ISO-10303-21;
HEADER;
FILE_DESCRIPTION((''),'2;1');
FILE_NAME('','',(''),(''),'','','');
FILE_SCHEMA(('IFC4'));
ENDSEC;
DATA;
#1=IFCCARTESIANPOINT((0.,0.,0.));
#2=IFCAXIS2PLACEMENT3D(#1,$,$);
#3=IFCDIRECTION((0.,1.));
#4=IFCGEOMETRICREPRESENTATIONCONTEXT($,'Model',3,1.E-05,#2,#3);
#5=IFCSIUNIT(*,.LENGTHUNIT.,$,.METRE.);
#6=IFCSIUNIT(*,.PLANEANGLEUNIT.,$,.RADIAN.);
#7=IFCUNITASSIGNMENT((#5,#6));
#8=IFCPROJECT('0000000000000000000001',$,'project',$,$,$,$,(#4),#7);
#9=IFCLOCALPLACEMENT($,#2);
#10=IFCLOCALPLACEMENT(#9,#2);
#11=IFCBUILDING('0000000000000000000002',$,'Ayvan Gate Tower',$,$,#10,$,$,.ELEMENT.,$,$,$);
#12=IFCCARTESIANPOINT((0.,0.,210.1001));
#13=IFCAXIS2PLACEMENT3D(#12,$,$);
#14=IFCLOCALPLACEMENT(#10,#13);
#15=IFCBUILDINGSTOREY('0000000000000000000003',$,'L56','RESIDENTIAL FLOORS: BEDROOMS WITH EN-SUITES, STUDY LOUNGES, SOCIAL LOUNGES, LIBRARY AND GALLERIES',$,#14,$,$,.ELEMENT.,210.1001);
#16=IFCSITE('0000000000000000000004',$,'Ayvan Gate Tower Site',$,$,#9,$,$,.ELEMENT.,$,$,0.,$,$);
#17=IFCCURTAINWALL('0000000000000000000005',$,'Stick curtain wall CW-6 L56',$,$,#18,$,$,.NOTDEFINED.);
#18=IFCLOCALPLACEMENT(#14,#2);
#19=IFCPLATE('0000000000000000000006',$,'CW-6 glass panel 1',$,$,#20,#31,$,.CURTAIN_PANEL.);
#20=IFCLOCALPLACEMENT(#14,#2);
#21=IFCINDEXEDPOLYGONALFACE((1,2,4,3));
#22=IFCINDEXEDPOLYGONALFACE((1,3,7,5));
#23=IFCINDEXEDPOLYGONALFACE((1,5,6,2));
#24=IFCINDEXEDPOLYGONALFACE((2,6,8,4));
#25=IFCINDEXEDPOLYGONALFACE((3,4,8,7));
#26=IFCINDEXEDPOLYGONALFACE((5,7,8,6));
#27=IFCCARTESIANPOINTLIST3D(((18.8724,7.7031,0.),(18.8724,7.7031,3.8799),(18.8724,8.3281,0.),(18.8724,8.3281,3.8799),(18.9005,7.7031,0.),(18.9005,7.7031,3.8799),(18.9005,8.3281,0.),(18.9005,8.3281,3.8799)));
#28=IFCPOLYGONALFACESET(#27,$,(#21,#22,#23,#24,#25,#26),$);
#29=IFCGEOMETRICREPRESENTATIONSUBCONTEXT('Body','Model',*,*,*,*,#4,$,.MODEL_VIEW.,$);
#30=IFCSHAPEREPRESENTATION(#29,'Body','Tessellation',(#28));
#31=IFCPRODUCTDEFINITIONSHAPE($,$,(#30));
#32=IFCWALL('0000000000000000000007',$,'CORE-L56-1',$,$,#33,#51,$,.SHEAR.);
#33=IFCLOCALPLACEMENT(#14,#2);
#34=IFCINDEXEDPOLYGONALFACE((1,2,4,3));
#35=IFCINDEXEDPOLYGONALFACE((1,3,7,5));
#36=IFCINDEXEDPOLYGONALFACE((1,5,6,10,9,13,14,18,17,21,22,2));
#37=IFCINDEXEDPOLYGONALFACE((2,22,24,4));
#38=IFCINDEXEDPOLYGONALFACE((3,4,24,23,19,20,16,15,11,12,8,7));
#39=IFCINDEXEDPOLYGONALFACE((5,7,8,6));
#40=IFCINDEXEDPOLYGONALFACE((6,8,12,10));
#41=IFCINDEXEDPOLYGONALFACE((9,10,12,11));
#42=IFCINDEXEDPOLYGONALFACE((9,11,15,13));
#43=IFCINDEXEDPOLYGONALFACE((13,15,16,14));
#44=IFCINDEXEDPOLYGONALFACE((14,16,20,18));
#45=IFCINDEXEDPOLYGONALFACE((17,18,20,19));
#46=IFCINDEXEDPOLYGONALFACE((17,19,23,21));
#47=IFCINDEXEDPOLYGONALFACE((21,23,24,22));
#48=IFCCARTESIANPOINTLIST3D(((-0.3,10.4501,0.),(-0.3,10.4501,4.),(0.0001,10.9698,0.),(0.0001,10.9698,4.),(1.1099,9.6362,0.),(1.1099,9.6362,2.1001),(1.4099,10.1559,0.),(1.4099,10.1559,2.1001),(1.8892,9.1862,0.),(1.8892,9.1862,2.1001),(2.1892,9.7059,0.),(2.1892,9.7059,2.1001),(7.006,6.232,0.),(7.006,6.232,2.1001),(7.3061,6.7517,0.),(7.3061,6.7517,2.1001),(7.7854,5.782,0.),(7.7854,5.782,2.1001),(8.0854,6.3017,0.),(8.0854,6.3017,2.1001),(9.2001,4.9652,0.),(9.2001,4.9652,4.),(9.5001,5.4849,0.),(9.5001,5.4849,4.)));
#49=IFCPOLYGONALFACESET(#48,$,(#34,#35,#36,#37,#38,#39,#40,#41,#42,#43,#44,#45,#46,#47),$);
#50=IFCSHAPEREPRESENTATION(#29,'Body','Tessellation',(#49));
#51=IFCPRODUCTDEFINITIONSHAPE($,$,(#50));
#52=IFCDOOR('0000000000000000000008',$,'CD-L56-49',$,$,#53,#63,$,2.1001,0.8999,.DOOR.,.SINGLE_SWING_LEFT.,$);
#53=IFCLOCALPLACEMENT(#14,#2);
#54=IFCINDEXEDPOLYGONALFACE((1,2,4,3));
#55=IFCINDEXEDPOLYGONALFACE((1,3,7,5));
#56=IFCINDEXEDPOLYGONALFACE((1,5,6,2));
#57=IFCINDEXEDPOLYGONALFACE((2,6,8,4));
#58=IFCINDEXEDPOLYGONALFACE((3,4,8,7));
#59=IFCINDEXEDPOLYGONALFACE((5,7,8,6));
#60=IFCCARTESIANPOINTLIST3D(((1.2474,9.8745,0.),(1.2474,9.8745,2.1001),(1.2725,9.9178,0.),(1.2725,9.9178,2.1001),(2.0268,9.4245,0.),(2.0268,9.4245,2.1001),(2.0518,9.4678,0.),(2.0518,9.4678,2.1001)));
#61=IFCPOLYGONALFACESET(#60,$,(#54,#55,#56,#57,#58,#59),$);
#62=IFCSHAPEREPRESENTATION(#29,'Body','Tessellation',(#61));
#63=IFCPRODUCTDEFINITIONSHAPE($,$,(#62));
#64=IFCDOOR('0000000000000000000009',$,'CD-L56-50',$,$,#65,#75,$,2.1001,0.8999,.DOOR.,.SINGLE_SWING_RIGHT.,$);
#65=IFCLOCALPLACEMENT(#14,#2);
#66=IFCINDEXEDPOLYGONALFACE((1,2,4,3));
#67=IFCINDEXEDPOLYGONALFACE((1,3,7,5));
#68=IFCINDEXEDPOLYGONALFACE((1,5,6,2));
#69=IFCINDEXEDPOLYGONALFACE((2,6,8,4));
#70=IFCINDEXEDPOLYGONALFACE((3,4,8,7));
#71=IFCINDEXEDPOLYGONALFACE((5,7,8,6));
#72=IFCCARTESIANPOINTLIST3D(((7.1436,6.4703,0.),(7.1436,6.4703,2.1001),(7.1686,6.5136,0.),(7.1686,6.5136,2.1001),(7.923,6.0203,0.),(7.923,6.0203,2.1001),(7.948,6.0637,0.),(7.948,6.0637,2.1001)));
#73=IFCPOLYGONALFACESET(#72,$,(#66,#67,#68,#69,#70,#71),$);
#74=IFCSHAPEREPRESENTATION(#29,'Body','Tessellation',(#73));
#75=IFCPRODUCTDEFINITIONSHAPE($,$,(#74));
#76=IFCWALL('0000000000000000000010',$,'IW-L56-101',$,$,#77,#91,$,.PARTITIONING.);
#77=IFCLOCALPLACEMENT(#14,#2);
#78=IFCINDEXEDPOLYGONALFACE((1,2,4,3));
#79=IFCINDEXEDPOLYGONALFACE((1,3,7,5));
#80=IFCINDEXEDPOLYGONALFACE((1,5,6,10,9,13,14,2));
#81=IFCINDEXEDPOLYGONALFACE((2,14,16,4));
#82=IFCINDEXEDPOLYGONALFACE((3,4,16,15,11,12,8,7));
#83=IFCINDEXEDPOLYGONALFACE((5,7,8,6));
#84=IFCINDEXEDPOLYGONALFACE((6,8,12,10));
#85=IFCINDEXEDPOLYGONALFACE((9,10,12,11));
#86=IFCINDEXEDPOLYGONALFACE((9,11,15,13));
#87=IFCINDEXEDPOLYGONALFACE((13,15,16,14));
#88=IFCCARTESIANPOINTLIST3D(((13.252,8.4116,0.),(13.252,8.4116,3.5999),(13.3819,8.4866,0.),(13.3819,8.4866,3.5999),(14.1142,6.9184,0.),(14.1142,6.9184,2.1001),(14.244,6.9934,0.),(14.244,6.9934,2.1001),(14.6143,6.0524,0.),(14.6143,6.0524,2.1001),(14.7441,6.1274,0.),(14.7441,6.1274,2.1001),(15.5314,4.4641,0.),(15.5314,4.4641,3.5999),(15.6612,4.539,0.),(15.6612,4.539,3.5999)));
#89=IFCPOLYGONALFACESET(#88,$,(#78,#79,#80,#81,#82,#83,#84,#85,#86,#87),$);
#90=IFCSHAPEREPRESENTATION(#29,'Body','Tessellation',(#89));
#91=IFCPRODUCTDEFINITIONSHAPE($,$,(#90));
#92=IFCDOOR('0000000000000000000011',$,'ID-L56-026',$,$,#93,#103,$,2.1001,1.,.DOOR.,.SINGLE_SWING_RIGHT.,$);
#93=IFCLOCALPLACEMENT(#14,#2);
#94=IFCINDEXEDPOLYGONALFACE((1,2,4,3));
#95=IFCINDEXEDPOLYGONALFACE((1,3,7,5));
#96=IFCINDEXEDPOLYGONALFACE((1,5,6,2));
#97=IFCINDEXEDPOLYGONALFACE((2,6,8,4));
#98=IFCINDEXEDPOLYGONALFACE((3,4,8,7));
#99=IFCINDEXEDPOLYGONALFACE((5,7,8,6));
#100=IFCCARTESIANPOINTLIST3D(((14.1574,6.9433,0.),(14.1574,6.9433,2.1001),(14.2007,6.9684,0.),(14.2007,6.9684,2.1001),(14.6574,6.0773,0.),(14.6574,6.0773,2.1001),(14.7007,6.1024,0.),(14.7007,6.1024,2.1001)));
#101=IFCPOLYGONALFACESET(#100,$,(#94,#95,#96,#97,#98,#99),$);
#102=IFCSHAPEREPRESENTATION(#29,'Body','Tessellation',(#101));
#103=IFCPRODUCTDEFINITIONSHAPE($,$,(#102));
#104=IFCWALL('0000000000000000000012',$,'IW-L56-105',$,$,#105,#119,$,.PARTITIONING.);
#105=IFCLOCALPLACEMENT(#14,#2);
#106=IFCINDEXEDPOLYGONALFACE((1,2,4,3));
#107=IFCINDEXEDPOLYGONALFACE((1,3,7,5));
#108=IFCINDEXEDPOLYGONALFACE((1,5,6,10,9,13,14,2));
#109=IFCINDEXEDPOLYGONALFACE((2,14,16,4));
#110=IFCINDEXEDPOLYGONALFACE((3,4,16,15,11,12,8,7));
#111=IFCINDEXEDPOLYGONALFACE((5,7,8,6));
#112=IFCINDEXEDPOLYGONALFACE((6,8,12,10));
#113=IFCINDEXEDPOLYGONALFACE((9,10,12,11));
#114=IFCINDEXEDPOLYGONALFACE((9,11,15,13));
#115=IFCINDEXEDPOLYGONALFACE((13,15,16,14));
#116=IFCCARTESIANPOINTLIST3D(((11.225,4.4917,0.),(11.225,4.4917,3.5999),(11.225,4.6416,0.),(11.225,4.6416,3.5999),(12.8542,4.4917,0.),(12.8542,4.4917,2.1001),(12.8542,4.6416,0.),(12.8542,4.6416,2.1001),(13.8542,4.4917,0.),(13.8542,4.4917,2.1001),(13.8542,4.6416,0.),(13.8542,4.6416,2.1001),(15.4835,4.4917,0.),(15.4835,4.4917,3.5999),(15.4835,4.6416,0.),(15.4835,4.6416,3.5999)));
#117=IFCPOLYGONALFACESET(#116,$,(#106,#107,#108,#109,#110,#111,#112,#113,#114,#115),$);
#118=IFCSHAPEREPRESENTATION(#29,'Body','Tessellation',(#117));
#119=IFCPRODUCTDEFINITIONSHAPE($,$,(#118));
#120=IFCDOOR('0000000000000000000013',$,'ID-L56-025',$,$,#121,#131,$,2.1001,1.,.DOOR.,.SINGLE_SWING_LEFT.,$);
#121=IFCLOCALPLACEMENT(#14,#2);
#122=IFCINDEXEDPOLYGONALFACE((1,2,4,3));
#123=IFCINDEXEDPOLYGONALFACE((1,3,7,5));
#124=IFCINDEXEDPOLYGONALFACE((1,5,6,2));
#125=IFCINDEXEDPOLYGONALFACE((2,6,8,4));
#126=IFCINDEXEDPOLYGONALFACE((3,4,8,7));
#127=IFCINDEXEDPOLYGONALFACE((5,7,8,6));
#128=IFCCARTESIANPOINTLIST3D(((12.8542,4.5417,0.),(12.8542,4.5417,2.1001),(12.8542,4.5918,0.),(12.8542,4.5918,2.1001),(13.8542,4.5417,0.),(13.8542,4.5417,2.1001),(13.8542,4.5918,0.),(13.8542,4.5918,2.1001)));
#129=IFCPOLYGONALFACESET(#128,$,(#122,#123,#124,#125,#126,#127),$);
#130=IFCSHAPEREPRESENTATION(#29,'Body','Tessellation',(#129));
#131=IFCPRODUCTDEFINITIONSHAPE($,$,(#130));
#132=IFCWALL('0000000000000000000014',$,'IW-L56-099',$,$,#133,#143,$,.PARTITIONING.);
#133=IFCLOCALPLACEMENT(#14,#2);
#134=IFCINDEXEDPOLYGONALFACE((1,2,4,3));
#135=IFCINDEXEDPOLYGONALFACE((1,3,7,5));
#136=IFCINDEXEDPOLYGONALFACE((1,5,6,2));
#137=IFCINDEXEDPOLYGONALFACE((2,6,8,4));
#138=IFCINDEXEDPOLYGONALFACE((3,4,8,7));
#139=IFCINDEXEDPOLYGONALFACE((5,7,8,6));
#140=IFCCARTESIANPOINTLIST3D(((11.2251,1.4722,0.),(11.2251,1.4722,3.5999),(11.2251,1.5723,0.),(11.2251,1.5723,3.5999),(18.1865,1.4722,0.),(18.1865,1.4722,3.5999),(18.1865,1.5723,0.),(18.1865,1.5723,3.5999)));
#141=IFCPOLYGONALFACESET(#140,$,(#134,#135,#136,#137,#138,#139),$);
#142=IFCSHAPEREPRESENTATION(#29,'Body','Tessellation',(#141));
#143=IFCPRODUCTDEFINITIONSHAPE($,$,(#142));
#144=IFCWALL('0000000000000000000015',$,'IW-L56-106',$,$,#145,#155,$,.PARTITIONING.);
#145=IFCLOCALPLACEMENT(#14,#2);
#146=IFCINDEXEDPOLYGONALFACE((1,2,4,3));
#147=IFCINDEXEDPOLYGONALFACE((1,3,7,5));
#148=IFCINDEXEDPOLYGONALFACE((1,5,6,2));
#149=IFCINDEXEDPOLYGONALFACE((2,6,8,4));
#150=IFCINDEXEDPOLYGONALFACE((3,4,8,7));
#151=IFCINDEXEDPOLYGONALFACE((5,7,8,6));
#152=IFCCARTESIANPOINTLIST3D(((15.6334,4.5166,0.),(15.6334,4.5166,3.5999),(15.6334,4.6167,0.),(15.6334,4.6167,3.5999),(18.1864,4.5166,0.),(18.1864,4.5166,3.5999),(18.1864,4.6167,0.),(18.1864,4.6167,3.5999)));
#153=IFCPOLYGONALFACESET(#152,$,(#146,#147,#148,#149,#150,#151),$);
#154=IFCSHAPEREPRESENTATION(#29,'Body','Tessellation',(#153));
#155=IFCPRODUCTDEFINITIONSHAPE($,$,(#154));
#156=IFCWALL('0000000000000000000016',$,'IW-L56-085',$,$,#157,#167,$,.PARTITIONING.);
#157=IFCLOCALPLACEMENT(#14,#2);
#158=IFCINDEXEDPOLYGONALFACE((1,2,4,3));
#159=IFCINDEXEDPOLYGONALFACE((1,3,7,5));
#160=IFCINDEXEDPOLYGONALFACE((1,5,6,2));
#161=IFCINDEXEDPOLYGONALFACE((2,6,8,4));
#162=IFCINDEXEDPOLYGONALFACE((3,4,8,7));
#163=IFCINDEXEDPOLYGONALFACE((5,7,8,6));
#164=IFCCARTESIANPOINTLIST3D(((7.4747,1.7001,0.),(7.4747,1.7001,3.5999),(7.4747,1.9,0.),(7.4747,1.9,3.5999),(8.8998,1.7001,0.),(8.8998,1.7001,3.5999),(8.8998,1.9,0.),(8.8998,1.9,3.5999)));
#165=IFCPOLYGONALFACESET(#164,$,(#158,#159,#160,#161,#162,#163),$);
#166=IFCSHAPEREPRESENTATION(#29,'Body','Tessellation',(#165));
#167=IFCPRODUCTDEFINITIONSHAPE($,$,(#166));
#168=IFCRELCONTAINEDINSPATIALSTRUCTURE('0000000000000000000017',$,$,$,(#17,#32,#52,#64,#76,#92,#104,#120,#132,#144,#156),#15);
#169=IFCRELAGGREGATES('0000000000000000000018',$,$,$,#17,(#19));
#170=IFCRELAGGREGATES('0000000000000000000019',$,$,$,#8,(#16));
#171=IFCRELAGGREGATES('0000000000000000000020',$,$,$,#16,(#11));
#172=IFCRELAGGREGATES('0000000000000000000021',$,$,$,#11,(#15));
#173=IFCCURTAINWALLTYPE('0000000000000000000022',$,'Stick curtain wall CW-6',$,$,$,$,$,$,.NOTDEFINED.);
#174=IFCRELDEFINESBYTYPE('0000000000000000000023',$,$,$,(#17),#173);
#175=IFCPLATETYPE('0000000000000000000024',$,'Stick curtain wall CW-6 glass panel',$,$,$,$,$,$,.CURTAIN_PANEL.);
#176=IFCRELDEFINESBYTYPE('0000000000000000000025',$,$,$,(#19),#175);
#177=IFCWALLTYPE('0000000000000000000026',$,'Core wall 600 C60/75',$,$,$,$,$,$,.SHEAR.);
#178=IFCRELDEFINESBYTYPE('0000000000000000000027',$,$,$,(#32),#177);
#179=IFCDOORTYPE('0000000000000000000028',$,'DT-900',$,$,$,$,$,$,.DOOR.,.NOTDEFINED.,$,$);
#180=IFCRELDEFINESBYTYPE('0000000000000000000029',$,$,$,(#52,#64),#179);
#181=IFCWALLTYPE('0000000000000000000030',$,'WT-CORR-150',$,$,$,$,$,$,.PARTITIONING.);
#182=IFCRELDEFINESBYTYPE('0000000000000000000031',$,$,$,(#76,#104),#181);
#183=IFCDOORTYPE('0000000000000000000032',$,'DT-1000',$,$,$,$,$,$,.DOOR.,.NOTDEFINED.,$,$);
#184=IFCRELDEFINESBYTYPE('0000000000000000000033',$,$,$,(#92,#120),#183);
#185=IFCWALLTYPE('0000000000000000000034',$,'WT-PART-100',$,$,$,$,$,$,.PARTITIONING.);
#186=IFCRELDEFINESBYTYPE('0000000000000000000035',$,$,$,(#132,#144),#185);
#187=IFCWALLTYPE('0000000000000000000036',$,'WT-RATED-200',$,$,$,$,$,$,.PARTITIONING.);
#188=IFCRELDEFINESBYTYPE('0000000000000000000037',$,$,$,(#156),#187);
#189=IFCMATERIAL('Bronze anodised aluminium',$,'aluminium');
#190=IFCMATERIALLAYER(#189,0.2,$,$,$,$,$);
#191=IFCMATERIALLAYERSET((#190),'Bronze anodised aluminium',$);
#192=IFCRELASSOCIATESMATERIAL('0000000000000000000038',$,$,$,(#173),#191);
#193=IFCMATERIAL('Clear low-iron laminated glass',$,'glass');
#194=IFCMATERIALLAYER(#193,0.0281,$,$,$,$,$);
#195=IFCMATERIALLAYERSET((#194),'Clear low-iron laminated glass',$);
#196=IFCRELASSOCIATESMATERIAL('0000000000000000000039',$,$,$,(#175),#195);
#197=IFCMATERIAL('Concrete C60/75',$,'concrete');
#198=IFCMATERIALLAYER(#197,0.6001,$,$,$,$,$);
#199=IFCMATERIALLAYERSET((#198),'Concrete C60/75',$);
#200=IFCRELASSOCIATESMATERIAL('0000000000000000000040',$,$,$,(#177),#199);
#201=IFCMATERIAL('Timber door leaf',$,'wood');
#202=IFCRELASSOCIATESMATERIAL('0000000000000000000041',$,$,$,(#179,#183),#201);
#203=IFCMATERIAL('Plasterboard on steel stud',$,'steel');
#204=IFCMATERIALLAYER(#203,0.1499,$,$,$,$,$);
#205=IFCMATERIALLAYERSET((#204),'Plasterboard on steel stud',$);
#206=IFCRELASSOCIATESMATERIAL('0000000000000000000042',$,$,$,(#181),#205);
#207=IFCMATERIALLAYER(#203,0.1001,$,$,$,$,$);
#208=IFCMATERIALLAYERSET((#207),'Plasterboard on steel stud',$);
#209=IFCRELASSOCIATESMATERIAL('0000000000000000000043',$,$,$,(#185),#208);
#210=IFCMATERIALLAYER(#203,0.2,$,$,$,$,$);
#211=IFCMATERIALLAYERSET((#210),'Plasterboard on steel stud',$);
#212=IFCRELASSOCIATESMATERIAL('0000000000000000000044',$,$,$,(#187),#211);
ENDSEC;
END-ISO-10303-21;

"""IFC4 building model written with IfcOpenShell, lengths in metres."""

from ifc_helpers import new_model, si_unit, direction, frame, frame_2d, origin, origin_2d, place, context, subcontext, project, spatial, rectangle, extrude, material, layer, layer_set, type_object, element, fill, aggregate, save


model = new_model("IFC4")

# Units and contexts
model_context = context("Model", 3, precision=1e-05, world=origin(), true_north=direction((0.0, 1.0)))
body_context = subcontext(model_context, "Body", "Model", "MODEL_VIEW")
ifc_project = project(units=[si_unit("LENGTHUNIT", "METRE"), si_unit("PLANEANGLEUNIT", "RADIAN")], contexts=[model_context])

# Site, building, storey
site_placement = place(None, origin())
site = spatial("IfcSite", under=ifc_project, at=site_placement, Name="Ayvan Gate Tower Site", CompositionType="ELEMENT", RefElevation=0.0)
building_placement = place(site_placement, origin())
building = spatial("IfcBuilding", under=site, at=building_placement, Name="Ayvan Gate Tower", CompositionType="ELEMENT")
storey_placement = place(building_placement, frame((0.0, 0.0, 210.1001)))
storey = spatial("IfcBuildingStorey", under=building, at=storey_placement, Name="L56", Description="RESIDENTIAL FLOORS: BEDROOMS WITH EN-SUITES, STUDY LOUNGES, SOCIAL LOUNGES, LIBRARY AND GALLERIES", CompositionType="ELEMENT", Elevation=210.1001)

# Curtain wall
ifc_material_1 = material(Name="Bronze anodised aluminium", Category="aluminium")
ifc_layer_1 = layer(ifc_material_1, 0.2)
ifc_layer_set_1 = layer_set([ifc_layer_1], Name="Bronze anodised aluminium")
curtain_wall_type_1 = type_object("IfcCurtainWallType", Name="Stick curtain wall CW-6", PredefinedType="NOTDEFINED", material=ifc_layer_set_1)
curtain_wall_1_placement = place(storey_placement, origin())
curtain_wall_1 = element("IfcCurtainWall", 1, at=curtain_wall_1_placement, inside=storey, type_object=curtain_wall_type_1, Name="Stick curtain wall CW-6 L56", PredefinedType="NOTDEFINED")

# Plate
ifc_material_2 = material(Name="Clear low-iron laminated glass", Category="glass")
ifc_layer_2 = layer(ifc_material_2, 0.0281)
ifc_layer_set_2 = layer_set([ifc_layer_2], Name="Clear low-iron laminated glass")
plate_type_1 = type_object("IfcPlateType", Name="Stick curtain wall CW-6 glass panel", PredefinedType="CURTAIN_PANEL", material=ifc_layer_set_2)
plate_1_placement = place(storey_placement, frame((18.8865, 8.0156, 0.0), z_axis=(0.0, 0.0, 1.0), x_axis=(0.0, 1.0, 0.0)))
plate_1 = element("IfcPlate", 2, at=plate_1_placement, type_object=plate_type_1, Name="CW-6 glass panel 1", PredefinedType="CURTAIN_PANEL", context=body_context, shape_type="SweptSolid", body=[
    extrude(rectangle(XDim=0.625, YDim=0.0281, at=origin_2d()), origin(), (0.0, 0.0, 1.0), 3.8799),
])
aggregate(curtain_wall_1, [plate_1])

# Wall, openings, doors
ifc_material_3 = material(Name="Concrete C60/75", Category="concrete")
ifc_layer_3 = layer(ifc_material_3, 0.6001)
ifc_layer_set_3 = layer_set([ifc_layer_3], Name="Concrete C60/75")
wall_type_1 = type_object("IfcWallType", Name="Core wall 600 C60/75", PredefinedType="SHEAR", material=ifc_layer_set_3)
wall_1_placement = place(storey_placement, frame((9.3501, 5.2251, 0.0), z_axis=(0.0, 0.0, 1.0), x_axis=(-0.866024, 0.500002, 0.0)))
wall_1 = element("IfcWall", 3, at=wall_1_placement, inside=storey, type_object=wall_type_1, Name="CORE-L56-1", PredefinedType="SHEAR", context=body_context, shape_type="SweptSolid", body=[
    extrude(rectangle(XDim=10.9697, YDim=0.6001, at=frame_2d((5.4849, 0.0))), origin(), (0.0, 0.0, 1.0), 4.0),
])
opening_1_placement = place(wall_1_placement, frame((8.4419, 0.0, 0.0)))
opening_1 = element("IfcOpeningElement", 4, at=opening_1_placement, cuts=wall_1, PredefinedType="OPENING", context=body_context, shape_type="SweptSolid", body=[
    extrude(rectangle(XDim=0.8999, YDim=2.1001, at=frame_2d((0.45, 1.05))), frame((0.0, 0.3101, 0.0), z_axis=(0.0, -1.0, 0.0), x_axis=(1.0, 0.0, 0.0)), (0.0, 0.0, 1.0), 0.6201),
])
opening_2_placement = place(wall_1_placement, frame((1.6335, 0.0, 0.0)))
opening_2 = element("IfcOpeningElement", 5, at=opening_2_placement, cuts=wall_1, PredefinedType="OPENING", context=body_context, shape_type="SweptSolid", body=[
    extrude(rectangle(XDim=0.8999, YDim=2.1001, at=frame_2d((0.45, 1.05))), frame((0.0, 0.3101, 0.0), z_axis=(0.0, -1.0, 0.0), x_axis=(1.0, 0.0, 0.0)), (0.0, 0.0, 1.0), 0.6201),
])
ifc_material_4 = material(Name="Timber door leaf", Category="wood")
door_type_1 = type_object("IfcDoorType", Name="DT-900", OperationType="NOTDEFINED", PredefinedType="DOOR", material=ifc_material_4)
door_1_placement = place(opening_1_placement, origin())
door_1 = element("IfcDoor", 6, at=door_1_placement, inside=storey, type_object=door_type_1, Name="CD-L56-49", OperationType="SINGLE_SWING_LEFT", OverallHeight=2.1001, OverallWidth=0.8999, PredefinedType="DOOR", context=body_context, shape_type="SweptSolid", body=[
    extrude(rectangle(XDim=0.8999, YDim=2.1001, at=frame_2d((0.45, 1.05))), frame((0.0, 0.0249, 0.0), z_axis=(0.0, -1.0, 0.0), x_axis=(1.0, 0.0, 0.0)), (0.0, 0.0, 1.0), 0.05),
])
fill(opening_1, door_1)
door_2_placement = place(opening_2_placement, origin())
door_2 = element("IfcDoor", 7, at=door_2_placement, inside=storey, type_object=door_type_1, Name="CD-L56-50", OperationType="SINGLE_SWING_RIGHT", OverallHeight=2.1001, OverallWidth=0.8999, PredefinedType="DOOR", context=body_context, shape_type="SweptSolid", body=[
    extrude(rectangle(XDim=0.8999, YDim=2.1001, at=frame_2d((0.45, 1.05))), frame((0.0, 0.0249, 0.0), z_axis=(0.0, -1.0, 0.0), x_axis=(1.0, 0.0, 0.0)), (0.0, 0.0, 1.0), 0.05),
])
fill(opening_2, door_2)

# Walls, openings, doors
ifc_material_5 = material(Name="Plasterboard on steel stud", Category="steel")
ifc_layer_4 = layer(ifc_material_5, 0.1499)
ifc_layer_set_4 = layer_set([ifc_layer_4], Name="Plasterboard on steel stud")
wall_type_2 = type_object("IfcWallType", Name="WT-CORR-150", PredefinedType="PARTITIONING", material=ifc_layer_set_4)
wall_2_placement = place(storey_placement, frame((13.3169, 8.4492, 0.0), z_axis=(0.0, 0.0, 1.0), x_axis=(0.500033, -0.866006, 0.0)))
wall_2 = element("IfcWall", 8, at=wall_2_placement, inside=storey, type_object=wall_type_2, Name="IW-L56-101", PredefinedType="PARTITIONING", context=body_context, shape_type="SweptSolid", body=[
    extrude(rectangle(XDim=4.5583, YDim=0.1499, at=frame_2d((2.2793, 0.0))), origin(), (0.0, 0.0, 1.0), 3.5999),
])
opening_3_placement = place(wall_2_placement, frame((1.7244, 0.0, 0.0)))
opening_3 = element("IfcOpeningElement", 9, at=opening_3_placement, cuts=wall_2, PredefinedType="OPENING", context=body_context, shape_type="SweptSolid", body=[
    extrude(rectangle(XDim=1.0, YDim=2.1001, at=frame_2d((0.5, 1.05))), frame((0.0, 0.085, 0.0), z_axis=(0.0, -1.0, 0.0), x_axis=(1.0, 0.0, 0.0)), (0.0, 0.0, 1.0), 0.1699),
])
door_type_2 = type_object("IfcDoorType", Name="DT-1000", OperationType="NOTDEFINED", PredefinedType="DOOR", material=ifc_material_4)
door_3_placement = place(opening_3_placement, origin())
door_3 = element("IfcDoor", 10, at=door_3_placement, inside=storey, type_object=door_type_2, Name="ID-L56-026", OperationType="SINGLE_SWING_RIGHT", OverallHeight=2.1001, OverallWidth=1.0, PredefinedType="DOOR", context=body_context, shape_type="SweptSolid", body=[
    extrude(rectangle(XDim=1.0, YDim=2.1001, at=frame_2d((0.5, 1.05))), frame((0.0, 0.0249, 0.0), z_axis=(0.0, -1.0, 0.0), x_axis=(1.0, 0.0, 0.0)), (0.0, 0.0, 1.0), 0.05),
])
fill(opening_3, door_3)
wall_3_placement = place(storey_placement, frame((15.4836, 4.5667, 0.0), z_axis=(0.0, 0.0, 1.0), x_axis=(-1.0, 0.0, 0.0)))
wall_3 = element("IfcWall", 11, at=wall_3_placement, inside=storey, type_object=wall_type_2, Name="IW-L56-105", PredefinedType="PARTITIONING", context=body_context, shape_type="SweptSolid", body=[
    extrude(rectangle(XDim=4.2585, YDim=0.1499, at=frame_2d((2.1294, 0.0))), origin(), (0.0, 0.0, 1.0), 3.5999),
])
opening_4_placement = place(wall_3_placement, frame((1.6294, 0.0, 0.0)))
opening_4 = element("IfcOpeningElement", 12, at=opening_4_placement, cuts=wall_3, PredefinedType="OPENING", context=body_context, shape_type="SweptSolid", body=[
    extrude(rectangle(XDim=1.0, YDim=2.1001, at=frame_2d((0.5, 1.05))), frame((0.0, 0.085, 0.0), z_axis=(0.0, -1.0, 0.0), x_axis=(1.0, 0.0, 0.0)), (0.0, 0.0, 1.0), 0.1699),
])
door_4_placement = place(opening_4_placement, origin())
door_4 = element("IfcDoor", 13, at=door_4_placement, inside=storey, type_object=door_type_2, Name="ID-L56-025", OperationType="SINGLE_SWING_LEFT", OverallHeight=2.1001, OverallWidth=1.0, PredefinedType="DOOR", context=body_context, shape_type="SweptSolid", body=[
    extrude(rectangle(XDim=1.0, YDim=2.1001, at=frame_2d((0.5, 1.05))), frame((0.0, 0.0249, 0.0), z_axis=(0.0, -1.0, 0.0), x_axis=(1.0, 0.0, 0.0)), (0.0, 0.0, 1.0), 0.05),
])
fill(opening_4, door_4)

# Walls
ifc_layer_5 = layer(ifc_material_5, 0.1001)
ifc_layer_set_5 = layer_set([ifc_layer_5], Name="Plasterboard on steel stud")
wall_type_3 = type_object("IfcWallType", Name="WT-PART-100", PredefinedType="PARTITIONING", material=ifc_layer_set_5)
wall_4_placement = place(storey_placement, frame((11.2251, 1.5222, 0.0), z_axis=(0.0, 0.0, 1.0), x_axis=(1.0, 0.0, 0.0)))
element("IfcWall", 14, at=wall_4_placement, inside=storey, type_object=wall_type_3, Name="IW-L56-099", PredefinedType="PARTITIONING", context=body_context, shape_type="SweptSolid", body=[
    extrude(rectangle(XDim=6.9614, YDim=0.1001, at=frame_2d((3.4807, 0.0))), origin(), (0.0, 0.0, 1.0), 3.5999),
])
wall_5_placement = place(storey_placement, frame((15.6335, 4.5667, 0.0), z_axis=(0.0, 0.0, 1.0), x_axis=(1.0, 0.0, 0.0)))
element("IfcWall", 15, at=wall_5_placement, inside=storey, type_object=wall_type_3, Name="IW-L56-106", PredefinedType="PARTITIONING", context=body_context, shape_type="SweptSolid", body=[
    extrude(rectangle(XDim=2.553, YDim=0.1001, at=frame_2d((1.2764, 0.0))), origin(), (0.0, 0.0, 1.0), 3.5999),
])
ifc_layer_6 = layer(ifc_material_5, 0.2)
ifc_layer_set_6 = layer_set([ifc_layer_6], Name="Plasterboard on steel stud")
wall_type_4 = type_object("IfcWallType", Name="WT-RATED-200", PredefinedType="PARTITIONING", material=ifc_layer_set_6)
wall_6_placement = place(storey_placement, frame((7.4749, 1.8, 0.0), z_axis=(0.0, 0.0, 1.0), x_axis=(1.0, 0.0, 0.0)))
element("IfcWall", 16, at=wall_6_placement, inside=storey, type_object=wall_type_4, Name="IW-L56-085", PredefinedType="PARTITIONING", context=body_context, shape_type="SweptSolid", body=[
    extrude(rectangle(XDim=1.425, YDim=0.2, at=frame_2d((0.7124, 0.0))), origin(), (0.0, 0.0, 1.0), 3.5999),
])

save(model, "model.ifc")
